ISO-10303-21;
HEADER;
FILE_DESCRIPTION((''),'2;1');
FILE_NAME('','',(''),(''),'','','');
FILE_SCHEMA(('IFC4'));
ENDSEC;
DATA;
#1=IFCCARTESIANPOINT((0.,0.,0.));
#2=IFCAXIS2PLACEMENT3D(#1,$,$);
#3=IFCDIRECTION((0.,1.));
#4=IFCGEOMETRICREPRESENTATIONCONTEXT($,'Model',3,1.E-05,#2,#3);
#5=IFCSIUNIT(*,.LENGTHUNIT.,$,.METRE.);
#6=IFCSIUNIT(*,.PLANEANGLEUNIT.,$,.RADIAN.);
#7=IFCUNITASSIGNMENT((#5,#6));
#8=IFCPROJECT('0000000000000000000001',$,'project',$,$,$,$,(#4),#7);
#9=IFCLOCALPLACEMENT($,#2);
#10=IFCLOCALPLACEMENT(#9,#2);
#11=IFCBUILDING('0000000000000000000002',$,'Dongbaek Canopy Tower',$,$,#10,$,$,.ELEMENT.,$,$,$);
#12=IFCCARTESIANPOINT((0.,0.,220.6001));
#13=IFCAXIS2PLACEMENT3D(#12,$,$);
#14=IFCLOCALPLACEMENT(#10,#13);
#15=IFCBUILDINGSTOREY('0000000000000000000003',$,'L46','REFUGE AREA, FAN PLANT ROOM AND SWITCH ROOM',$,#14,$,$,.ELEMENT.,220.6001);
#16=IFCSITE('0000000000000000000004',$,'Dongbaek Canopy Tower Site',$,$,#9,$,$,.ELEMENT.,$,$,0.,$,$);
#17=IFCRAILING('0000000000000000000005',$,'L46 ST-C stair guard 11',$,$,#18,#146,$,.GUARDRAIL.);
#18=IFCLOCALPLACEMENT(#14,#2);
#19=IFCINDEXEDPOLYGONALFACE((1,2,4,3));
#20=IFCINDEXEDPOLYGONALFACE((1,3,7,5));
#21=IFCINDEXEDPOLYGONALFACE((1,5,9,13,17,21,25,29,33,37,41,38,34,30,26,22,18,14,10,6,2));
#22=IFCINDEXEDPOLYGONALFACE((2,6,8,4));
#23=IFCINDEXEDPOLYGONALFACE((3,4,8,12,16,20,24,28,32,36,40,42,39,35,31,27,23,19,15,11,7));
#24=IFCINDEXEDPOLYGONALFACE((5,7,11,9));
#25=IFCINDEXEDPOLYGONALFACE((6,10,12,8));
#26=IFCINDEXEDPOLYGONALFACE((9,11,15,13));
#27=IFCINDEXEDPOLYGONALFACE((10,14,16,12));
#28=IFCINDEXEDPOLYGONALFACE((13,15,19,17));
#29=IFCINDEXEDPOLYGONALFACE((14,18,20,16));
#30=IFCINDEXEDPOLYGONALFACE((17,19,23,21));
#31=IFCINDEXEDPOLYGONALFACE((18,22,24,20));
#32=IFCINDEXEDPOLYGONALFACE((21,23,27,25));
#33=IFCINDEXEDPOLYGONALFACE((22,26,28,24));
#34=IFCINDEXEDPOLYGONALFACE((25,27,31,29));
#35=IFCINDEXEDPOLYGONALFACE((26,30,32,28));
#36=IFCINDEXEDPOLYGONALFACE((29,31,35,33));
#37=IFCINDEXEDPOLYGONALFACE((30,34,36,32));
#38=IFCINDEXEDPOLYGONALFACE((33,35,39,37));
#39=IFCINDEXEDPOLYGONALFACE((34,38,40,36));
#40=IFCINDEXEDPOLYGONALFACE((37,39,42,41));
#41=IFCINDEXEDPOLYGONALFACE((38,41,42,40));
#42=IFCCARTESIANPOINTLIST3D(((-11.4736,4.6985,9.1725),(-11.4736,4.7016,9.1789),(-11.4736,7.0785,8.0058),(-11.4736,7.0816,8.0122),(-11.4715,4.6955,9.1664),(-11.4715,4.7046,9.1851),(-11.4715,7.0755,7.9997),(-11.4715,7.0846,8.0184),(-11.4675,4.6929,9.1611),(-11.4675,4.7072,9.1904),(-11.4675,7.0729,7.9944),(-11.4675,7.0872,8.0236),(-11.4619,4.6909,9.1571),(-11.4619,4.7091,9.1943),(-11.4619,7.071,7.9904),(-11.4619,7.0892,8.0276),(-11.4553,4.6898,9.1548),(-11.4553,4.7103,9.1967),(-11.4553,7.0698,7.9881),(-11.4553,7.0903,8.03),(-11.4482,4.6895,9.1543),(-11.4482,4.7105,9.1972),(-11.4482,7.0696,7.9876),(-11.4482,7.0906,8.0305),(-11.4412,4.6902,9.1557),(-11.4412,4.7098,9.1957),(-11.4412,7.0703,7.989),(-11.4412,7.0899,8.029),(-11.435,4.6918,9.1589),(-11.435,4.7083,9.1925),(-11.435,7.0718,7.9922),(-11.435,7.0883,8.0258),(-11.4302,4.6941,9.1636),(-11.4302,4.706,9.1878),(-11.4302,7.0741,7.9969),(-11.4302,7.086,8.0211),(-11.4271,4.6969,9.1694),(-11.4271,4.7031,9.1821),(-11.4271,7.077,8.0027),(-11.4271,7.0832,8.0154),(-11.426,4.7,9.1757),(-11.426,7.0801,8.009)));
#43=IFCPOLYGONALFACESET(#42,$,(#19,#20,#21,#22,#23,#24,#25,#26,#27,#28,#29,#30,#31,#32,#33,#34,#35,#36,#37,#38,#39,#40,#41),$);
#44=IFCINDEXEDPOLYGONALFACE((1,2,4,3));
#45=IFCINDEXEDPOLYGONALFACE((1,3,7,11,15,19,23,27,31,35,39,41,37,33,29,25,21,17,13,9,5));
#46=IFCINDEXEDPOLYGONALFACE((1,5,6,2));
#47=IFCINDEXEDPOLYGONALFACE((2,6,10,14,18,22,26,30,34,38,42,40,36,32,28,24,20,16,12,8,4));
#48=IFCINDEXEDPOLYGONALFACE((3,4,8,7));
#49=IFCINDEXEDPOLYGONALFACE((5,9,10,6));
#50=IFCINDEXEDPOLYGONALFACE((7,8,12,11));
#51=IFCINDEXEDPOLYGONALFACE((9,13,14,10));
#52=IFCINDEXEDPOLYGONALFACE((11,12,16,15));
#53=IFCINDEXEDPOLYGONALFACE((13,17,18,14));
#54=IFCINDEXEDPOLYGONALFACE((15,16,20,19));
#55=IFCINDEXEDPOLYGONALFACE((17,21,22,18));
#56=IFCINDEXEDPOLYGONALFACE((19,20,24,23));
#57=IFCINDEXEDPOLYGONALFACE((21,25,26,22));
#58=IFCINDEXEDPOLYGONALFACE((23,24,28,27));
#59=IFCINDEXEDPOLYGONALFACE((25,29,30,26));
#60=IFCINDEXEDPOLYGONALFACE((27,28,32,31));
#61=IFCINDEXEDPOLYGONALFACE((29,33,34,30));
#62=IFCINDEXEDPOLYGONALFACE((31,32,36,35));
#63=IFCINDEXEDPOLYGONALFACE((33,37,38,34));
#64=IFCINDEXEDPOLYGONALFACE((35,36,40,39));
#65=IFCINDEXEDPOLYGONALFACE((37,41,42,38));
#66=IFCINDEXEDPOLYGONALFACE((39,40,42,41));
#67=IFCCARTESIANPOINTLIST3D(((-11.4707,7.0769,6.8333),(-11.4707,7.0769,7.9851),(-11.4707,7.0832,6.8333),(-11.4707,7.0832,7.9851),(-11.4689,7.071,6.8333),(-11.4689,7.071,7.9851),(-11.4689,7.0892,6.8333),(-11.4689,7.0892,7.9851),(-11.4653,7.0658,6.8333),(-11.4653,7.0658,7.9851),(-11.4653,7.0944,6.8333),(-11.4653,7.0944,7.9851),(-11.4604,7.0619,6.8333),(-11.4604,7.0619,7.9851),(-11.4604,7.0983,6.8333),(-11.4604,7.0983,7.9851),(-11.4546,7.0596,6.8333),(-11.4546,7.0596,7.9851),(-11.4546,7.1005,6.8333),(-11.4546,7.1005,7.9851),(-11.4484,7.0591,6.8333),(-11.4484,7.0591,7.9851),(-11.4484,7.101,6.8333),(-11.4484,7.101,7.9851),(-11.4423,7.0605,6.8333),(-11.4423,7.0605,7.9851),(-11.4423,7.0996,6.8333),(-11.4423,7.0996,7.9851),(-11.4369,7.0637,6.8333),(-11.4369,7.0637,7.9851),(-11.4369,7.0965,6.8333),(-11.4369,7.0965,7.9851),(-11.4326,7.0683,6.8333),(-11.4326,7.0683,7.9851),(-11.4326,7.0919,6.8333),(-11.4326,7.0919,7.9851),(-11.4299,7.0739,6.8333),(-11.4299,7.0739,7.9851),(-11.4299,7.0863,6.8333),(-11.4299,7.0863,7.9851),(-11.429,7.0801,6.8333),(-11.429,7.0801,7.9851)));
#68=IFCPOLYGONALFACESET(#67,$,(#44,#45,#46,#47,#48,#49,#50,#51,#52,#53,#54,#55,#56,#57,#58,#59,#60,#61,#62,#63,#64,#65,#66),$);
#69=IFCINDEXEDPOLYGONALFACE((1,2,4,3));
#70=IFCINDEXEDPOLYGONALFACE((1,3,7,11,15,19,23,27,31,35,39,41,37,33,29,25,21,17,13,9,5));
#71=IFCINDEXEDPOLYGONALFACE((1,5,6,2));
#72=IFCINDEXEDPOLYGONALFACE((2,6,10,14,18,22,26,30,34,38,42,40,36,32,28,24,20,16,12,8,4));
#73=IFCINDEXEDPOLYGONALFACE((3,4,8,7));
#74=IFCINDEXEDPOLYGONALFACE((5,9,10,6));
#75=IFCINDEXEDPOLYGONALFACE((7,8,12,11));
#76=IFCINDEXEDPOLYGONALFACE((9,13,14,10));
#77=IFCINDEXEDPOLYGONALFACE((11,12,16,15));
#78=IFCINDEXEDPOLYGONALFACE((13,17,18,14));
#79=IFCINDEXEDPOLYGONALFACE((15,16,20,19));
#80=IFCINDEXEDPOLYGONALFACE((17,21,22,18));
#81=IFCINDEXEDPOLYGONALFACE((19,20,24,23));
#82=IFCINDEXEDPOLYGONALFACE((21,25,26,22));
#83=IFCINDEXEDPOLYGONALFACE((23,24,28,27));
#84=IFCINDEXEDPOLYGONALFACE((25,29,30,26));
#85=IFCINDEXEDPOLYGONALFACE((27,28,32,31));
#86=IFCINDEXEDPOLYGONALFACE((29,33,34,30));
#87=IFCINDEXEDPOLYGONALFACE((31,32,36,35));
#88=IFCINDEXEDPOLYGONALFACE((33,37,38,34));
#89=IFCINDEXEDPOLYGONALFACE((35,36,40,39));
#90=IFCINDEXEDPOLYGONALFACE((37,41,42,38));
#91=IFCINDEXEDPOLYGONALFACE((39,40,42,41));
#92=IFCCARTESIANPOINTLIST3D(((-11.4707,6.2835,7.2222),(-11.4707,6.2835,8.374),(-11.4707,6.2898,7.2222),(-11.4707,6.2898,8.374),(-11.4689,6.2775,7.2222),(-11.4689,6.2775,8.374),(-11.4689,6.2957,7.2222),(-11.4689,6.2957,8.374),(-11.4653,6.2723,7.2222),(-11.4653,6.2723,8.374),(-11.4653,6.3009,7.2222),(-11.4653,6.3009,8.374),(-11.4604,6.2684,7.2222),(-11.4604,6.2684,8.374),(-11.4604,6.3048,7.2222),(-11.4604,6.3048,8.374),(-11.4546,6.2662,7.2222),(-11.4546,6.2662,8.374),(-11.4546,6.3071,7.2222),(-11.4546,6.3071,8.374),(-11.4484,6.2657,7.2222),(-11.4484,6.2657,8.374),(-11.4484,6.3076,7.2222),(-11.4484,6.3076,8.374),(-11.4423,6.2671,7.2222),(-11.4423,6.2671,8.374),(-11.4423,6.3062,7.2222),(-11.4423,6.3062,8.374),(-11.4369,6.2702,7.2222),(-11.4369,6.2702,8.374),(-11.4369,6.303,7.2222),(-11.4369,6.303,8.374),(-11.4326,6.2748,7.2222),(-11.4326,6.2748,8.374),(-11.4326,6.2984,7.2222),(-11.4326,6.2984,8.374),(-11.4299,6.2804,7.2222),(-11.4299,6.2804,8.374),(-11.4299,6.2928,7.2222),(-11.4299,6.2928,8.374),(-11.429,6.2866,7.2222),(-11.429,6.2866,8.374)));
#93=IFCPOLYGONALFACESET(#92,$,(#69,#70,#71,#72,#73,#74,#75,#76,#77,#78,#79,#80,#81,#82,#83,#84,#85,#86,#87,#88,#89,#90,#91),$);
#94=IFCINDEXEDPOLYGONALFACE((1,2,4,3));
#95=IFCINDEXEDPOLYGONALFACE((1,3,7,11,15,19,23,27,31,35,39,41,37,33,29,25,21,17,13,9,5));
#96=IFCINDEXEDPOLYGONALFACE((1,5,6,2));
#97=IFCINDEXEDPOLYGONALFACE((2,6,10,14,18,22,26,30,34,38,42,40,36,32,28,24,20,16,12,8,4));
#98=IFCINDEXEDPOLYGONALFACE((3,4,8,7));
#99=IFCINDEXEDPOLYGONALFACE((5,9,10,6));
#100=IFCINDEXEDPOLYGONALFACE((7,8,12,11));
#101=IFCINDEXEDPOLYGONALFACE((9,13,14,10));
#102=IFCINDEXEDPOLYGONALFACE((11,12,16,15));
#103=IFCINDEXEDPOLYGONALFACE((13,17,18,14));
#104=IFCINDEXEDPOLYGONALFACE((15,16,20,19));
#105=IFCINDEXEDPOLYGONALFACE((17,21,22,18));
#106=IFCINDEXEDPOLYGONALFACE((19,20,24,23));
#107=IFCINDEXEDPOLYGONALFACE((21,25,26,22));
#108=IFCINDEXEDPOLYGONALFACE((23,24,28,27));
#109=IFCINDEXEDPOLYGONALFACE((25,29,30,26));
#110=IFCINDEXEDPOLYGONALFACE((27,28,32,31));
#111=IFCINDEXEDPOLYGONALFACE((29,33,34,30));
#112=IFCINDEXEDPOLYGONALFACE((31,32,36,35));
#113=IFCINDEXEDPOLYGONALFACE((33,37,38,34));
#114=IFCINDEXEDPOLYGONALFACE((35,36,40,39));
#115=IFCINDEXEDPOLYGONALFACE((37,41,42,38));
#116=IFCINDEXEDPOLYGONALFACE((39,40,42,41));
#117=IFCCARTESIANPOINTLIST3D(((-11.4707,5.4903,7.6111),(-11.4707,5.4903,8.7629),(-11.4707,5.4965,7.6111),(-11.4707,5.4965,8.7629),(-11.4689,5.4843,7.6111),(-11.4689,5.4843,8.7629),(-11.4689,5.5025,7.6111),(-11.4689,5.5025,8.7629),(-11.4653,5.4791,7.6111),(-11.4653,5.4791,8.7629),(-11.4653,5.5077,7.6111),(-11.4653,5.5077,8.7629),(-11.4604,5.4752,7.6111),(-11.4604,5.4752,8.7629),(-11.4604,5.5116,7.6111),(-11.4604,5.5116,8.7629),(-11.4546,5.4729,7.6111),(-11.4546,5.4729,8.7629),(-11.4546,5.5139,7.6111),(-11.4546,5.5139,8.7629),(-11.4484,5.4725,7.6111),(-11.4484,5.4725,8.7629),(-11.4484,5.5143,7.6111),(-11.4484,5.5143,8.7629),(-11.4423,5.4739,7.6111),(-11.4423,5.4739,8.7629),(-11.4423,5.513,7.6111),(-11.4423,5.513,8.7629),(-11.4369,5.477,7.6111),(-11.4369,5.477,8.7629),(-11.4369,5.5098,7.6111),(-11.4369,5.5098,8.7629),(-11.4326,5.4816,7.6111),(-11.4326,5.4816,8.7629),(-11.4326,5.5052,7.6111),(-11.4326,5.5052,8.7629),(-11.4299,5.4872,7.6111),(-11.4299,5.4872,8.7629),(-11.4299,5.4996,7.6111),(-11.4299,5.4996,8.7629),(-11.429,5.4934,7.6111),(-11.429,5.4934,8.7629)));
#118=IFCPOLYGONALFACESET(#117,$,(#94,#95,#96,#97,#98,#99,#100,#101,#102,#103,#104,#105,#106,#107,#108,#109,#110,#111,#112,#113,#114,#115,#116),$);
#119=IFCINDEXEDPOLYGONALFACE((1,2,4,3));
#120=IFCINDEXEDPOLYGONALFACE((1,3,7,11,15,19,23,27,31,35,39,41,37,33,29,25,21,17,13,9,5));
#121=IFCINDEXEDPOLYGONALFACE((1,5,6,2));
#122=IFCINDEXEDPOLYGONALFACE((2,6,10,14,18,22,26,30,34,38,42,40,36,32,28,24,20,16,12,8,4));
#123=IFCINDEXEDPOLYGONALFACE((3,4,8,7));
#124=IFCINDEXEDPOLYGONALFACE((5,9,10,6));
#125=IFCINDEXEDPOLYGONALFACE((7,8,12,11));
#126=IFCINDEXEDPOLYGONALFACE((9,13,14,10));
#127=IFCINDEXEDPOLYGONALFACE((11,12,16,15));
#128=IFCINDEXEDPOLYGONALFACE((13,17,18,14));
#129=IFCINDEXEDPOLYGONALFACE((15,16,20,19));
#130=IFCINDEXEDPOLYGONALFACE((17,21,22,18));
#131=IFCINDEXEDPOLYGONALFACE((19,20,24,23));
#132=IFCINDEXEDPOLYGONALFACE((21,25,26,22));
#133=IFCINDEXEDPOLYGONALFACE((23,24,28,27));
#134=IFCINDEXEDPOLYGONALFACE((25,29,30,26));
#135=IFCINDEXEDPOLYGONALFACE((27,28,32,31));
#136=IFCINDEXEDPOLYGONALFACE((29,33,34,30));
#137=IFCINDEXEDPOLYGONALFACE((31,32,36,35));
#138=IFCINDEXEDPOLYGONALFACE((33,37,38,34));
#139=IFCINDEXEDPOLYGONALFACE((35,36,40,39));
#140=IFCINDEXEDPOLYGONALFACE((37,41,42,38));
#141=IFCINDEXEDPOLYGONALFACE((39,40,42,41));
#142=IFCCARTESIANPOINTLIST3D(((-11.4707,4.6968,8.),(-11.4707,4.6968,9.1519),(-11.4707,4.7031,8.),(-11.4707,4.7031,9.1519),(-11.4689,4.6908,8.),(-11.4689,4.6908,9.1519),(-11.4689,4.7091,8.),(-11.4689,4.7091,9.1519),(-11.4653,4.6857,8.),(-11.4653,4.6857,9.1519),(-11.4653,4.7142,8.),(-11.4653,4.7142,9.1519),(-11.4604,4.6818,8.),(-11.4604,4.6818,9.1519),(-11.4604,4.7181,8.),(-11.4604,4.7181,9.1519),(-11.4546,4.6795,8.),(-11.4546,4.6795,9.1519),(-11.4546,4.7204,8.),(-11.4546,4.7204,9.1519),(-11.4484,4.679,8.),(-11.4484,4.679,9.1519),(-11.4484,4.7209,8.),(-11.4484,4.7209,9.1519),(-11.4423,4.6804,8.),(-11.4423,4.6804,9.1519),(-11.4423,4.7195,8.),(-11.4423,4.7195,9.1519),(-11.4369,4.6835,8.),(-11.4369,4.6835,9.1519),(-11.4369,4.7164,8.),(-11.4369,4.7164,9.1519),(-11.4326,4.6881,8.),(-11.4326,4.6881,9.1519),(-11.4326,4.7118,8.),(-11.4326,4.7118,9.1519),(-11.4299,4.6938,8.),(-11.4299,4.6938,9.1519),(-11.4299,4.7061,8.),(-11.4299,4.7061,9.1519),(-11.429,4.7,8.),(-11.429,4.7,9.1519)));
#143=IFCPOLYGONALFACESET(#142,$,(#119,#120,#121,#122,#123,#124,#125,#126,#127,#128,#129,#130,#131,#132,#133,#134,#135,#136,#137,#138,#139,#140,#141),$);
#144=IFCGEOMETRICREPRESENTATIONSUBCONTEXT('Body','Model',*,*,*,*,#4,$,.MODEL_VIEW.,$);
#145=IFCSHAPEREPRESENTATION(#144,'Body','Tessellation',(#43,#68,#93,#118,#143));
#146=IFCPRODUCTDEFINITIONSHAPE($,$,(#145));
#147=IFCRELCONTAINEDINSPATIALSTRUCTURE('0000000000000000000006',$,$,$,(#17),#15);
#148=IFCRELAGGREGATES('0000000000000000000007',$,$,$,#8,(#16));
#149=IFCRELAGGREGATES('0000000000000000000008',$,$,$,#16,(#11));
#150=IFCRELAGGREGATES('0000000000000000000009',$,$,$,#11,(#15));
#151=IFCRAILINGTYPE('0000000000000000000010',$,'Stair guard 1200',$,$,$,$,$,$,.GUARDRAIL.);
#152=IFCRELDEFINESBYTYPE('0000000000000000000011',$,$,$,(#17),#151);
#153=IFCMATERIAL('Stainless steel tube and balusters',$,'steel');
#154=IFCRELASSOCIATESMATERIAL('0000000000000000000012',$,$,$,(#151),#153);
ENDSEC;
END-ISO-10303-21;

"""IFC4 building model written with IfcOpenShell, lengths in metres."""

from ifc_helpers import new_model, si_unit, direction, frame, origin, origin_2d, place, context, subcontext, project, spatial, circle, extrude, material, type_object, element, save


model = new_model("IFC4")

# Units and contexts
model_context = context("Model", 3, precision=1e-05, world=origin(), true_north=direction((0.0, 1.0)))
body_context = subcontext(model_context, "Body", "Model", "MODEL_VIEW")
ifc_project = project(units=[si_unit("LENGTHUNIT", "METRE"), si_unit("PLANEANGLEUNIT", "RADIAN")], contexts=[model_context])

# Site, building, storey
site_placement = place(None, origin())
site = spatial("IfcSite", under=ifc_project, at=site_placement, Name="Dongbaek Canopy Tower Site", CompositionType="ELEMENT", RefElevation=0.0)
building_placement = place(site_placement, origin())
building = spatial("IfcBuilding", under=site, at=building_placement, Name="Dongbaek Canopy Tower", CompositionType="ELEMENT")
storey_placement = place(building_placement, frame((0.0, 0.0, 220.6001)))
storey = spatial("IfcBuildingStorey", under=building, at=storey_placement, Name="L46", Description="REFUGE AREA, FAN PLANT ROOM AND SWITCH ROOM", CompositionType="ELEMENT", Elevation=220.6001)

# Railing
ifc_material_1 = material(Name="Stainless steel tube and balusters", Category="steel")
railing_type_1 = type_object("IfcRailingType", Name="Stair guard 1200", PredefinedType="GUARDRAIL", material=ifc_material_1)
railing_1_placement = place(storey_placement, frame((-11.45, 7.0801, 6.8333)))
element("IfcRailing", 1, at=railing_1_placement, inside=storey, type_object=railing_type_1, Name="L46 ST-C stair guard 11", PredefinedType="GUARDRAIL", context=body_context, shape_type="SweptSolid", body=[
    extrude(circle(Radius=0.0239, at=origin_2d()), frame((0.0, 0.0, 1.1758), z_axis=(0.0, -0.897918, 0.440163), x_axis=(1.0, 0.0, 0.0)), (0.0, 0.0, 1.0), 2.6506),
    extrude(circle(Radius=0.021, at=origin_2d()), origin(), (0.0, 0.0, 1.0), 1.1519),
    extrude(circle(Radius=0.021, at=origin_2d()), frame((0.0, -0.7935, 0.3889)), (0.0, 0.0, 1.0), 1.1519),
    extrude(circle(Radius=0.021, at=origin_2d()), frame((0.0, -1.5867, 0.7778)), (0.0, 0.0, 1.0), 1.1519),
    extrude(circle(Radius=0.021, at=origin_2d()), frame((0.0, -2.3801, 1.1667)), (0.0, 0.0, 1.0), 1.1519),
])

save(model, "model.ifc")
